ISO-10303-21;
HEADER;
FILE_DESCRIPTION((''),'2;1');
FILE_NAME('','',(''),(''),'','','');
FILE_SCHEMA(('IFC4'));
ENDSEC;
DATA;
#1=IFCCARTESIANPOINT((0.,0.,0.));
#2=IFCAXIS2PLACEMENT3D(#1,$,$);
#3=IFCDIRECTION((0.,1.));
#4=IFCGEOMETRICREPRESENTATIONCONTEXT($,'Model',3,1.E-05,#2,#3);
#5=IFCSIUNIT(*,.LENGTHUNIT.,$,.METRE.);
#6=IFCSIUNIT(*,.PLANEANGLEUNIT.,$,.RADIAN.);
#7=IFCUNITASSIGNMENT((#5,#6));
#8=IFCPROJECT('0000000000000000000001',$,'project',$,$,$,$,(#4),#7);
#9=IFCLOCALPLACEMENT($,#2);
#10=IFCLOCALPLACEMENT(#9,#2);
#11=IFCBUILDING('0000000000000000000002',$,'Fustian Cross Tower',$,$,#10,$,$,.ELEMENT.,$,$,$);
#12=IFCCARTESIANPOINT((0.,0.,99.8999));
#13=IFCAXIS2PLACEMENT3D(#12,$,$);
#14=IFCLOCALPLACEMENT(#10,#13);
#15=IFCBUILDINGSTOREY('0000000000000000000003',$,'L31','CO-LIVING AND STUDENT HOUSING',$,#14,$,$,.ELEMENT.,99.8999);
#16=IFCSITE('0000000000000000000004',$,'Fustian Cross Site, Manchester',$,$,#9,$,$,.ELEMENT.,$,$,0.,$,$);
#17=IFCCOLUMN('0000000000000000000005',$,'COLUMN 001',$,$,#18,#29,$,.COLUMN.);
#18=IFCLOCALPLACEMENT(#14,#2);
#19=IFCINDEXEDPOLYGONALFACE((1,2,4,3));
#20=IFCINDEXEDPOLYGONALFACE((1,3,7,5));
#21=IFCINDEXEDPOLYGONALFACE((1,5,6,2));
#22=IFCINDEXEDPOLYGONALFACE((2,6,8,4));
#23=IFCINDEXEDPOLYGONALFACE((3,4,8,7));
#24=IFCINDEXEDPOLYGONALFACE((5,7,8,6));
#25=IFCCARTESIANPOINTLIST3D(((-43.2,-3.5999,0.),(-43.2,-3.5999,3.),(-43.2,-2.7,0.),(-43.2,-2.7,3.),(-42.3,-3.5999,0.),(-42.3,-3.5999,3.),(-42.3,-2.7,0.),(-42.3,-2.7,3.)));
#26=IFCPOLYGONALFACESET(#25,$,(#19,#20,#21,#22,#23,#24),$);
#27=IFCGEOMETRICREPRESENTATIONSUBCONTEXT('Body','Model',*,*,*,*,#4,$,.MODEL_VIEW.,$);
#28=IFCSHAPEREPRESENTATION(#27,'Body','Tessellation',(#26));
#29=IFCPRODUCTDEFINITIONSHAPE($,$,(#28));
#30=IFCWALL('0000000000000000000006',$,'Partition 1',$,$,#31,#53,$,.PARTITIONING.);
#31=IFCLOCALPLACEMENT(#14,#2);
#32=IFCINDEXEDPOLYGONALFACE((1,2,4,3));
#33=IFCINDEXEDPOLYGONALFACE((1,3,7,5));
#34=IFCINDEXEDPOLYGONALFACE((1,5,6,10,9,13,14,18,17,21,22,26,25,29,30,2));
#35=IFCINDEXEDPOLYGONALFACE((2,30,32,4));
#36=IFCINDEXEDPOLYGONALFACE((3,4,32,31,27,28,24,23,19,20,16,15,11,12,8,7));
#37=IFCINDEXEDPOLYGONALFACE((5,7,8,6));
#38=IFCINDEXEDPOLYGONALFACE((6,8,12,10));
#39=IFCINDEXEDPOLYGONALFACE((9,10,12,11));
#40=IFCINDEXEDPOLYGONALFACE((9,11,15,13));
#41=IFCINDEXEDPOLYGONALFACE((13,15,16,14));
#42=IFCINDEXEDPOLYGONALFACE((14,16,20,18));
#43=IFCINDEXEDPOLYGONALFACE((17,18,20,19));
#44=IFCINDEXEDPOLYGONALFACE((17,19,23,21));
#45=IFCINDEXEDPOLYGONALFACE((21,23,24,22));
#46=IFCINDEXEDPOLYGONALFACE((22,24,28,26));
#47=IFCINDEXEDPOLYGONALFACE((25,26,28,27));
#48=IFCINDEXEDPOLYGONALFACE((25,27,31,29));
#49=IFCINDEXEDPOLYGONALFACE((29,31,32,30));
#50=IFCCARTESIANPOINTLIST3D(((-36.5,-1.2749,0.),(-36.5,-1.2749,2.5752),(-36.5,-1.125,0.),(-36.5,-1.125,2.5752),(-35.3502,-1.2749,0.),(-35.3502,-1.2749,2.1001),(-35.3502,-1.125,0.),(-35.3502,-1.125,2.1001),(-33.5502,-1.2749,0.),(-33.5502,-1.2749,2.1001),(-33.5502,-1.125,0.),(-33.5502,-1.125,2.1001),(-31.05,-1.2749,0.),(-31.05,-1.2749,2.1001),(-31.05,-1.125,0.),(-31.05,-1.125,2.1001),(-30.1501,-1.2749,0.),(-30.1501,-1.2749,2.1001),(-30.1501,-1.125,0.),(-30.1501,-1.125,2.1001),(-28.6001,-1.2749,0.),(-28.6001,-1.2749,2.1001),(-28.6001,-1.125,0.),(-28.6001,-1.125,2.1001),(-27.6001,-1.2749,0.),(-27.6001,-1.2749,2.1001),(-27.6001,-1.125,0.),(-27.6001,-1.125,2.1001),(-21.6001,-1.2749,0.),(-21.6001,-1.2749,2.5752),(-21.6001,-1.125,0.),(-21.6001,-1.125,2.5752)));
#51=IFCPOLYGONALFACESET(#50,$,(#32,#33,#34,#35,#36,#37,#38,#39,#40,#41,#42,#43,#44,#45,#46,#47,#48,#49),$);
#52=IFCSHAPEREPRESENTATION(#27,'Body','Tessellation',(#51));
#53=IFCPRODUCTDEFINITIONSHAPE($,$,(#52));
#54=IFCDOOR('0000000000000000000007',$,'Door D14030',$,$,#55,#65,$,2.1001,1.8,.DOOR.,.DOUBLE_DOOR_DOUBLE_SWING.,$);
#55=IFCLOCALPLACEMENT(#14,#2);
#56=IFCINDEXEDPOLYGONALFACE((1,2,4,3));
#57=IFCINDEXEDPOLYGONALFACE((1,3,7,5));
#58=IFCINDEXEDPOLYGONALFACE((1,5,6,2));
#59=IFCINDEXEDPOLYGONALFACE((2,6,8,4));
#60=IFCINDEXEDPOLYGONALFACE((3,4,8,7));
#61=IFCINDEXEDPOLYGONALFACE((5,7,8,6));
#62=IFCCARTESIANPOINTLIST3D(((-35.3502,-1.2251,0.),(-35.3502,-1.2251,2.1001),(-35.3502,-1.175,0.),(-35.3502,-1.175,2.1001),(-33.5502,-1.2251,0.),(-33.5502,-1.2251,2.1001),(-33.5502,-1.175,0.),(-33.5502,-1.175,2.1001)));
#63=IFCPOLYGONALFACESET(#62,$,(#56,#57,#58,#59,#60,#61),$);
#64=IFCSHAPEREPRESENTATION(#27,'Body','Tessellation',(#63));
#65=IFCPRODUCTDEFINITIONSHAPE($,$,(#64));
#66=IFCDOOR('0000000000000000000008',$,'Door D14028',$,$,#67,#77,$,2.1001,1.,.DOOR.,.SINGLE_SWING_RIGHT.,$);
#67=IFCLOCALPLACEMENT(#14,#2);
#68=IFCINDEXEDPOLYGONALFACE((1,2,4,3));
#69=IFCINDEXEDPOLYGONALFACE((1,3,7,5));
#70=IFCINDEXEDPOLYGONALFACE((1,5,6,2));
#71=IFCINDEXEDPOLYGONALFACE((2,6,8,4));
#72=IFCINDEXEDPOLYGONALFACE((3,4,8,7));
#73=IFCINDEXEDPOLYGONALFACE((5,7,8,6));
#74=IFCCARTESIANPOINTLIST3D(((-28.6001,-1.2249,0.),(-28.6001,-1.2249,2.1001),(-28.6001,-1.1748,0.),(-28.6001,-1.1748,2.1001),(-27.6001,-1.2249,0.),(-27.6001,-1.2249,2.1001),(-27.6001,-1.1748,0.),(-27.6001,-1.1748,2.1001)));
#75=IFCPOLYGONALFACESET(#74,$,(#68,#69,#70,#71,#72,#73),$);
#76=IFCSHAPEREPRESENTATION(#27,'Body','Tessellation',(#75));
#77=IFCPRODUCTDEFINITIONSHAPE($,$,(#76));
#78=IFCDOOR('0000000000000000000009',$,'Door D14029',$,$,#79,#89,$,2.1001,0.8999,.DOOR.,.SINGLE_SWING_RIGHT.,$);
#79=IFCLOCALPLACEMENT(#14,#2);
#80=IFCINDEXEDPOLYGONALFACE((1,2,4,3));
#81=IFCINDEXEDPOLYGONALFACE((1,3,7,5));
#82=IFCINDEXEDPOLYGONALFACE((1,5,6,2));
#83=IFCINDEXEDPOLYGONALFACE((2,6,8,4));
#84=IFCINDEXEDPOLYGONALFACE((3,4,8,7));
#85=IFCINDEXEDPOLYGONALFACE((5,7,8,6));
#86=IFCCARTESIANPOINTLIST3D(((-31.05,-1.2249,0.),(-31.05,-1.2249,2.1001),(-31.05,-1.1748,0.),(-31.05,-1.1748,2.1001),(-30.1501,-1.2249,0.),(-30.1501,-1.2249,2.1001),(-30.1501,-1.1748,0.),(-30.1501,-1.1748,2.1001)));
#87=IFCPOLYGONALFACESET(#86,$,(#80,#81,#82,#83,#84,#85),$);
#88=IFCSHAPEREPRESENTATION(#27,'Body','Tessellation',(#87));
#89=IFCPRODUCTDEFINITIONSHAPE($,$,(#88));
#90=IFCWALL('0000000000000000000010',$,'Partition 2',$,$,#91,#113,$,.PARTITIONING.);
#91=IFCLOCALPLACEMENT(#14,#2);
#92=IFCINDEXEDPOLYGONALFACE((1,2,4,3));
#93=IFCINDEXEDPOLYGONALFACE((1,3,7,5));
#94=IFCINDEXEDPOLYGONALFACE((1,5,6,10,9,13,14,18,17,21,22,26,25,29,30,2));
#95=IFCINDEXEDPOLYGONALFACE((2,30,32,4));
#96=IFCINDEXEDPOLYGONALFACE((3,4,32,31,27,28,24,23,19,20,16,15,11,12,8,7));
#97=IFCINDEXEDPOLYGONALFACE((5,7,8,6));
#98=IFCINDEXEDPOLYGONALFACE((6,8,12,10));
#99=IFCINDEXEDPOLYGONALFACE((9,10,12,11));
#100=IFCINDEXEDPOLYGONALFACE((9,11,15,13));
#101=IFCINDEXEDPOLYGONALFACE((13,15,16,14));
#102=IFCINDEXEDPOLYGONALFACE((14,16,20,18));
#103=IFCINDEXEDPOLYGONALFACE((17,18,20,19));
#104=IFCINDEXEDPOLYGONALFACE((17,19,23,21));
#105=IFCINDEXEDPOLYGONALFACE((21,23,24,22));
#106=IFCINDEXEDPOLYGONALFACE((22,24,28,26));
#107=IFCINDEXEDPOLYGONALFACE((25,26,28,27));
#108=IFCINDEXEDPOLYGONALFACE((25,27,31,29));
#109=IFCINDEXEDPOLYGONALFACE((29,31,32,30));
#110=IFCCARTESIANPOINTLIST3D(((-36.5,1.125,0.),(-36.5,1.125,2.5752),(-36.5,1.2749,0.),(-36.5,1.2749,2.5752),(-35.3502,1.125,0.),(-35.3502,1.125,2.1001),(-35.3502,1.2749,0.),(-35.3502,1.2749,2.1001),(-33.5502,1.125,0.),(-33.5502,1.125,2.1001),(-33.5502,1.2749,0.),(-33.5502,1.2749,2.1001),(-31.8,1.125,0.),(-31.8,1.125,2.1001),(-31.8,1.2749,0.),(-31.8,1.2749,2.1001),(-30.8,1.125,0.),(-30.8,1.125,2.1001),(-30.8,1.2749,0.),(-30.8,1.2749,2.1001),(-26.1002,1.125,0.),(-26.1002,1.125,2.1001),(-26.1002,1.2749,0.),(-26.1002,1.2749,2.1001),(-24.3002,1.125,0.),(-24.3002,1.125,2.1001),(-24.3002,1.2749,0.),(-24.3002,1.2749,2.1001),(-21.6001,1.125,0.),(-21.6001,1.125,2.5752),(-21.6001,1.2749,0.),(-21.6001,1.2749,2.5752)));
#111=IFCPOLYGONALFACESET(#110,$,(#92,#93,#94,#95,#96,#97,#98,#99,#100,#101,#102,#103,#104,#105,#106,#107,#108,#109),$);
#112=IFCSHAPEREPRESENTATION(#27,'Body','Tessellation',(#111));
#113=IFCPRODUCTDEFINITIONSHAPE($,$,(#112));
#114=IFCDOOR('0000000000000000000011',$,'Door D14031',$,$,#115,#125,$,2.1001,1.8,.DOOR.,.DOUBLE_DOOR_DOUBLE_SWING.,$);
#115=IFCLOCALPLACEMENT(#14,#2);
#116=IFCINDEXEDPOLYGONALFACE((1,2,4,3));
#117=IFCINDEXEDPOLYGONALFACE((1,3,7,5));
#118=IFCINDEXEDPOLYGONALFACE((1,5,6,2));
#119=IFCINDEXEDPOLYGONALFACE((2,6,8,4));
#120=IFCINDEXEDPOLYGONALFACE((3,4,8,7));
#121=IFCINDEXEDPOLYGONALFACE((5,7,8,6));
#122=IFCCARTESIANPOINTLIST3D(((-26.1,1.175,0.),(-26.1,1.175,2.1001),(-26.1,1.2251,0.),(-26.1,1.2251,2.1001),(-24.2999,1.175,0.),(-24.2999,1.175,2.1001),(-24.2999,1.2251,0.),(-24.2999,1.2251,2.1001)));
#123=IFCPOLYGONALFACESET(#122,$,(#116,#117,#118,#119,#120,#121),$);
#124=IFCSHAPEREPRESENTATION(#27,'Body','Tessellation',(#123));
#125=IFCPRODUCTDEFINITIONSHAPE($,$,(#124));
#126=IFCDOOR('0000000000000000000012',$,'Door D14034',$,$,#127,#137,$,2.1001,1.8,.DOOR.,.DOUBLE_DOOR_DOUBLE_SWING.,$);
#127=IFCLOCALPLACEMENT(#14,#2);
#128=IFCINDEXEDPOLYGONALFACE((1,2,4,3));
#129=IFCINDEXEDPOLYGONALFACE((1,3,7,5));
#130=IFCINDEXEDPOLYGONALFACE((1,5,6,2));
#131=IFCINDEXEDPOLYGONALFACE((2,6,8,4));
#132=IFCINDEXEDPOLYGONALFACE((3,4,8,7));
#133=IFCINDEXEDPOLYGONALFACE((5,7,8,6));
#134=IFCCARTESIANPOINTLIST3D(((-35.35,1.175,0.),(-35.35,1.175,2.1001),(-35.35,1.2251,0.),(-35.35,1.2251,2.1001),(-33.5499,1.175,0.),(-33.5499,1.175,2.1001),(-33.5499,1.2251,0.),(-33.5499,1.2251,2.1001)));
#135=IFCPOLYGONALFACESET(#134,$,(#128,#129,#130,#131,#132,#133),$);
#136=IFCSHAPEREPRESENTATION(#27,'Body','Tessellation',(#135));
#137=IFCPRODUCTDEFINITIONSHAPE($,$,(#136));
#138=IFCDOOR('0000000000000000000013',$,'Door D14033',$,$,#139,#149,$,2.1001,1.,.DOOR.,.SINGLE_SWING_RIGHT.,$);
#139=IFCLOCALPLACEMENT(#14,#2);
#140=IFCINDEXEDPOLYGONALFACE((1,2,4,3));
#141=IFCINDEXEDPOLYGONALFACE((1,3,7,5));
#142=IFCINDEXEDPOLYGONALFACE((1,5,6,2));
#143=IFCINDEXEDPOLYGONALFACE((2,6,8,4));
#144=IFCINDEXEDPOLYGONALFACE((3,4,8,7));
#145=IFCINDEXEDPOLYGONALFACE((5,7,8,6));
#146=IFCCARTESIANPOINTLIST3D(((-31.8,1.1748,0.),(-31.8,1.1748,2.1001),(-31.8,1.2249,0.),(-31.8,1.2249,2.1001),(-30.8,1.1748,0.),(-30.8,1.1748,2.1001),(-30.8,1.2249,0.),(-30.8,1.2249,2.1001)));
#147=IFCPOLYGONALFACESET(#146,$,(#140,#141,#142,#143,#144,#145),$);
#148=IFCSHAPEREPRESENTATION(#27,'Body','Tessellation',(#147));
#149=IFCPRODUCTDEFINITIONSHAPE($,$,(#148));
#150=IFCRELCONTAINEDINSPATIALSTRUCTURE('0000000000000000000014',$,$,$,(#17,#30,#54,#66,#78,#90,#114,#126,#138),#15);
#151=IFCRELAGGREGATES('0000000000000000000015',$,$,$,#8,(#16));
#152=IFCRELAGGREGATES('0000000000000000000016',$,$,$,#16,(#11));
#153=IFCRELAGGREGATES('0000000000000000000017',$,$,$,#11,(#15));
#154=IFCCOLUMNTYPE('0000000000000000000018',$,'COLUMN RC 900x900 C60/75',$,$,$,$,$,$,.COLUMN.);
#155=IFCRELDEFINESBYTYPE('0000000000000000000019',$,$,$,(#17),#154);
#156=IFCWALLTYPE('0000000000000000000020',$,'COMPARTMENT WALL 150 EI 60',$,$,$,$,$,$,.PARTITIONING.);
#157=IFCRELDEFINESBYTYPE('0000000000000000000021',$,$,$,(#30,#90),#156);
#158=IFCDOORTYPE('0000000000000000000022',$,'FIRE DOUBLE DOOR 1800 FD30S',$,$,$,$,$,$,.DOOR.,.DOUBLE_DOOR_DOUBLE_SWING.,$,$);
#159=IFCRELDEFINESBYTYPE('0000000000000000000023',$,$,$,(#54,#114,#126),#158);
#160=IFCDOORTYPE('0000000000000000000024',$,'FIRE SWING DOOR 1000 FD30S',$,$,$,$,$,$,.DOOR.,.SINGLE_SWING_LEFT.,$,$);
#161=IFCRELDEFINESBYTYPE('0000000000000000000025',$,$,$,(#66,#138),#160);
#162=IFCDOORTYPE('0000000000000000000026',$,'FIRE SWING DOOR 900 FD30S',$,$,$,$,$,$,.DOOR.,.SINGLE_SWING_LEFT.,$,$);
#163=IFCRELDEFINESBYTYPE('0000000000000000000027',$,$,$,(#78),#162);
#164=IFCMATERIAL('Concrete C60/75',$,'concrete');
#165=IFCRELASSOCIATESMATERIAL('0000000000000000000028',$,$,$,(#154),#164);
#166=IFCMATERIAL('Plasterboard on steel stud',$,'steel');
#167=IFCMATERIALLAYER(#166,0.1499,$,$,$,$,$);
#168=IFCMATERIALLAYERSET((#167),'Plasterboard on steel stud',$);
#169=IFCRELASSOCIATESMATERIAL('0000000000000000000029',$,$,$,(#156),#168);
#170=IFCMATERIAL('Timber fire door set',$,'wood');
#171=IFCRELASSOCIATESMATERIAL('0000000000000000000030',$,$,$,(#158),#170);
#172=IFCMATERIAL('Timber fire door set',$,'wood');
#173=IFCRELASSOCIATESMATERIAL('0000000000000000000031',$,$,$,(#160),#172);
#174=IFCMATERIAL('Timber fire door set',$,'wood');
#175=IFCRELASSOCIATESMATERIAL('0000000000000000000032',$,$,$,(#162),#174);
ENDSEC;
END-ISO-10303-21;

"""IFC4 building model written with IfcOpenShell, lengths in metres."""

from ifc_helpers import new_model, si_unit, direction, frame, frame_2d, origin, origin_2d, place, context, subcontext, project, spatial, rectangle, extrude, material, layer, layer_set, material_profile, profile_set, type_object, element, fill, save


model = new_model("IFC4")

# Units and contexts
model_context = context("Model", 3, precision=1e-05, world=origin(), true_north=direction((0.0, 1.0)))
body_context = subcontext(model_context, "Body", "Model", "MODEL_VIEW")
ifc_project = project(units=[si_unit("LENGTHUNIT", "METRE"), si_unit("PLANEANGLEUNIT", "RADIAN")], contexts=[model_context])

# Site, building, storey
site_placement = place(None, origin())
site = spatial("IfcSite", under=ifc_project, at=site_placement, Name="Fustian Cross Site, Manchester", CompositionType="ELEMENT", RefElevation=0.0)
building_placement = place(site_placement, origin())
building = spatial("IfcBuilding", under=site, at=building_placement, Name="Fustian Cross Tower", CompositionType="ELEMENT")
storey_placement = place(building_placement, frame((0.0, 0.0, 99.8999)))
storey = spatial("IfcBuildingStorey", under=building, at=storey_placement, Name="L31", Description="CO-LIVING AND STUDENT HOUSING", CompositionType="ELEMENT", Elevation=99.8999)

# Column
ifc_material_1 = material(Name="Concrete C60/75", Category="concrete")
ifc_material_profile = material_profile(ifc_material_1, rectangle(XDim=0.8999, YDim=0.8999, at=origin_2d()), Name="RC 900x900")
ifc_profile_set = profile_set([ifc_material_profile], Name="Concrete C60/75")
column_type = type_object("IfcColumnType", Name="COLUMN RC 900x900 C60/75", PredefinedType="COLUMN", material=ifc_profile_set)
column_placement = place(storey_placement, frame((-42.75, -3.1499, 0.0), z_axis=(0.0, 0.0, 1.0), x_axis=(1.0, 0.0, 0.0)))
element("IfcColumn", 1, at=column_placement, inside=storey, type_object=column_type, Name="COLUMN 001", PredefinedType="COLUMN", context=body_context, shape_type="SweptSolid", body=[
    extrude(rectangle(XDim=0.8999, YDim=0.8999, at=origin_2d()), origin(), (0.0, 0.0, 1.0), 3.0),
])

# Walls, openings, doors
ifc_material_2 = material(Name="Plasterboard on steel stud", Category="steel")
ifc_layer_1 = layer(ifc_material_2, 0.1499)
ifc_layer_set_1 = layer_set([ifc_layer_1], Name="Plasterboard on steel stud")
wall_type_1 = type_object("IfcWallType", Name="COMPARTMENT WALL 150 EI 60", PredefinedType="PARTITIONING", material=ifc_layer_set_1)
wall_1_placement = place(storey_placement, frame((-36.5, -1.2, 0.0), z_axis=(0.0, 0.0, 1.0), x_axis=(1.0, 0.0, 0.0)))
wall_1 = element("IfcWall", 2, at=wall_1_placement, inside=storey, type_object=wall_type_1, Name="Partition 1", PredefinedType="PARTITIONING", context=body_context, shape_type="SweptSolid", body=[
    extrude(rectangle(XDim=14.8999, YDim=0.1499, at=frame_2d((7.45, 0.0))), origin(), (0.0, 0.0, 1.0), 2.5752),
])
opening_1_placement = place(wall_1_placement, frame((7.8999, 0.0, 0.0)))
opening_1 = element("IfcOpeningElement", 3, at=opening_1_placement, cuts=wall_1, PredefinedType="OPENING", context=body_context, shape_type="SweptSolid", body=[
    extrude(rectangle(XDim=1.0, YDim=2.1001, at=frame_2d((0.5, 1.05))), frame((0.0, 0.085, 0.0), z_axis=(0.0, -1.0, 0.0), x_axis=(1.0, 0.0, 0.0)), (0.0, 0.0, 1.0), 0.1699),
])
opening_2_placement = place(wall_1_placement, frame((5.45, 0.0, 0.0)))
opening_2 = element("IfcOpeningElement", 4, at=opening_2_placement, cuts=wall_1, PredefinedType="OPENING", context=body_context, shape_type="SweptSolid", body=[
    extrude(rectangle(XDim=0.8999, YDim=2.1001, at=frame_2d((0.45, 1.05))), frame((0.0, 0.085, 0.0), z_axis=(0.0, -1.0, 0.0), x_axis=(1.0, 0.0, 0.0)), (0.0, 0.0, 1.0), 0.1699),
])
opening_3_placement = place(wall_1_placement, frame((1.1499, 0.0, 0.0)))
opening_3 = element("IfcOpeningElement", 5, at=opening_3_placement, cuts=wall_1, PredefinedType="OPENING", context=body_context, shape_type="SweptSolid", body=[
    extrude(rectangle(XDim=1.8, YDim=2.1001, at=frame_2d((0.8999, 1.05))), frame((0.0, 0.085, 0.0), z_axis=(0.0, -1.0, 0.0), x_axis=(1.0, 0.0, 0.0)), (0.0, 0.0, 1.0), 0.1699),
])
ifc_material_3 = material(Name="Timber fire door set", Category="wood")
door_type_1 = type_object("IfcDoorType", Name="FIRE DOUBLE DOOR 1800 FD30S", OperationType="DOUBLE_DOOR_DOUBLE_SWING", PredefinedType="DOOR", material=ifc_material_3)
door_1_placement = place(opening_3_placement, origin())
door_1 = element("IfcDoor", 6, at=door_1_placement, inside=storey, type_object=door_type_1, Name="Door D14030", OperationType="DOUBLE_DOOR_DOUBLE_SWING", OverallHeight=2.1001, OverallWidth=1.8, PredefinedType="DOOR", context=body_context, shape_type="SweptSolid", body=[
    extrude(rectangle(XDim=1.8, YDim=2.1001, at=frame_2d((0.8999, 1.05))), frame((0.0, 0.0249, 0.0), z_axis=(0.0, -1.0, 0.0), x_axis=(1.0, 0.0, 0.0)), (0.0, 0.0, 1.0), 0.05),
])
fill(opening_3, door_1)
ifc_material_4 = material(Name="Timber fire door set", Category="wood")
door_type_2 = type_object("IfcDoorType", Name="FIRE SWING DOOR 1000 FD30S", OperationType="SINGLE_SWING_LEFT", PredefinedType="DOOR", material=ifc_material_4)
door_2_placement = place(opening_1_placement, frame((1.0, 0.0, 0.0), z_axis=(0.0, 0.0, 1.0), x_axis=(-1.0, 0.0, 0.0)))
door_2 = element("IfcDoor", 7, at=door_2_placement, inside=storey, type_object=door_type_2, Name="Door D14028", OperationType="SINGLE_SWING_RIGHT", OverallHeight=2.1001, OverallWidth=1.0, PredefinedType="DOOR", context=body_context, shape_type="SweptSolid", body=[
    extrude(rectangle(XDim=1.0, YDim=2.1001, at=frame_2d((0.5, 1.05))), frame((0.0, 0.0249, 0.0), z_axis=(0.0, -1.0, 0.0), x_axis=(1.0, 0.0, 0.0)), (0.0, 0.0, 1.0), 0.05),
])
fill(opening_1, door_2)
ifc_material_5 = material(Name="Timber fire door set", Category="wood")
door_type_3 = type_object("IfcDoorType", Name="FIRE SWING DOOR 900 FD30S", OperationType="SINGLE_SWING_LEFT", PredefinedType="DOOR", material=ifc_material_5)
door_3_placement = place(opening_2_placement, frame((0.8999, 0.0, 0.0), z_axis=(0.0, 0.0, 1.0), x_axis=(-1.0, 0.0, 0.0)))
door_3 = element("IfcDoor", 8, at=door_3_placement, inside=storey, type_object=door_type_3, Name="Door D14029", OperationType="SINGLE_SWING_RIGHT", OverallHeight=2.1001, OverallWidth=0.8999, PredefinedType="DOOR", context=body_context, shape_type="SweptSolid", body=[
    extrude(rectangle(XDim=0.8999, YDim=2.1001, at=frame_2d((0.45, 1.05))), frame((0.0, 0.0249, 0.0), z_axis=(0.0, -1.0, 0.0), x_axis=(1.0, 0.0, 0.0)), (0.0, 0.0, 1.0), 0.05),
])
fill(opening_2, door_3)
wall_2_placement = place(storey_placement, frame((-36.5, 1.2, 0.0), z_axis=(0.0, 0.0, 1.0), x_axis=(1.0, 0.0, 0.0)))
wall_2 = element("IfcWall", 9, at=wall_2_placement, inside=storey, type_object=wall_type_1, Name="Partition 2", PredefinedType="PARTITIONING", context=body_context, shape_type="SweptSolid", body=[
    extrude(rectangle(XDim=14.8999, YDim=0.1499, at=frame_2d((7.45, 0.0))), origin(), (0.0, 0.0, 1.0), 2.5752),
])
opening_4_placement = place(wall_2_placement, frame((10.3999, 0.0, 0.0)))
opening_4 = element("IfcOpeningElement", 10, at=opening_4_placement, cuts=wall_2, PredefinedType="OPENING", context=body_context, shape_type="SweptSolid", body=[
    extrude(rectangle(XDim=1.8, YDim=2.1001, at=frame_2d((0.8999, 1.05))), frame((0.0, 0.085, 0.0), z_axis=(0.0, -1.0, 0.0), x_axis=(1.0, 0.0, 0.0)), (0.0, 0.0, 1.0), 0.1699),
])
opening_5_placement = place(wall_2_placement, frame((4.7, 0.0, 0.0)))
opening_5 = element("IfcOpeningElement", 11, at=opening_5_placement, cuts=wall_2, PredefinedType="OPENING", context=body_context, shape_type="SweptSolid", body=[
    extrude(rectangle(XDim=1.0, YDim=2.1001, at=frame_2d((0.5, 1.05))), frame((0.0, 0.085, 0.0), z_axis=(0.0, -1.0, 0.0), x_axis=(1.0, 0.0, 0.0)), (0.0, 0.0, 1.0), 0.1699),
])
opening_6_placement = place(wall_2_placement, frame((1.1499, 0.0, 0.0)))
opening_6 = element("IfcOpeningElement", 12, at=opening_6_placement, cuts=wall_2, PredefinedType="OPENING", context=body_context, shape_type="SweptSolid", body=[
    extrude(rectangle(XDim=1.8, YDim=2.1001, at=frame_2d((0.8999, 1.05))), frame((0.0, 0.085, 0.0), z_axis=(0.0, -1.0, 0.0), x_axis=(1.0, 0.0, 0.0)), (0.0, 0.0, 1.0), 0.1699),
])
door_4_placement = place(opening_4_placement, frame((1.8, 0.0, 0.0), z_axis=(0.0, 0.0, 1.0), x_axis=(-1.0, 0.0, 0.0)))
door_4 = element("IfcDoor", 13, at=door_4_placement, inside=storey, type_object=door_type_1, Name="Door D14031", OperationType="DOUBLE_DOOR_DOUBLE_SWING", OverallHeight=2.1001, OverallWidth=1.8, PredefinedType="DOOR", context=body_context, shape_type="SweptSolid", body=[
    extrude(rectangle(XDim=1.8, YDim=2.1001, at=frame_2d((0.8999, 1.05))), frame((0.0, 0.0249, 0.0), z_axis=(0.0, -1.0, 0.0), x_axis=(1.0, 0.0, 0.0)), (0.0, 0.0, 1.0), 0.05),
])
fill(opening_4, door_4)
door_5_placement = place(opening_6_placement, frame((1.8, 0.0, 0.0), z_axis=(0.0, 0.0, 1.0), x_axis=(-1.0, 0.0, 0.0)))
door_5 = element("IfcDoor", 14, at=door_5_placement, inside=storey, type_object=door_type_1, Name="Door D14034", OperationType="DOUBLE_DOOR_DOUBLE_SWING", OverallHeight=2.1001, OverallWidth=1.8, PredefinedType="DOOR", context=body_context, shape_type="SweptSolid", body=[
    extrude(rectangle(XDim=1.8, YDim=2.1001, at=frame_2d((0.8999, 1.05))), frame((0.0, 0.0249, 0.0), z_axis=(0.0, -1.0, 0.0), x_axis=(1.0, 0.0, 0.0)), (0.0, 0.0, 1.0), 0.05),
])
fill(opening_6, door_5)
door_6_placement = place(opening_5_placement, origin())
door_6 = element("IfcDoor", 15, at=door_6_placement, inside=storey, type_object=door_type_2, Name="Door D14033", OperationType="SINGLE_SWING_RIGHT", OverallHeight=2.1001, OverallWidth=1.0, PredefinedType="DOOR", context=body_context, shape_type="SweptSolid", body=[
    extrude(rectangle(XDim=1.0, YDim=2.1001, at=frame_2d((0.5, 1.05))), frame((0.0, 0.0249, 0.0), z_axis=(0.0, -1.0, 0.0), x_axis=(1.0, 0.0, 0.0)), (0.0, 0.0, 1.0), 0.05),
])
fill(opening_5, door_6)

save(model, "model.ifc")
